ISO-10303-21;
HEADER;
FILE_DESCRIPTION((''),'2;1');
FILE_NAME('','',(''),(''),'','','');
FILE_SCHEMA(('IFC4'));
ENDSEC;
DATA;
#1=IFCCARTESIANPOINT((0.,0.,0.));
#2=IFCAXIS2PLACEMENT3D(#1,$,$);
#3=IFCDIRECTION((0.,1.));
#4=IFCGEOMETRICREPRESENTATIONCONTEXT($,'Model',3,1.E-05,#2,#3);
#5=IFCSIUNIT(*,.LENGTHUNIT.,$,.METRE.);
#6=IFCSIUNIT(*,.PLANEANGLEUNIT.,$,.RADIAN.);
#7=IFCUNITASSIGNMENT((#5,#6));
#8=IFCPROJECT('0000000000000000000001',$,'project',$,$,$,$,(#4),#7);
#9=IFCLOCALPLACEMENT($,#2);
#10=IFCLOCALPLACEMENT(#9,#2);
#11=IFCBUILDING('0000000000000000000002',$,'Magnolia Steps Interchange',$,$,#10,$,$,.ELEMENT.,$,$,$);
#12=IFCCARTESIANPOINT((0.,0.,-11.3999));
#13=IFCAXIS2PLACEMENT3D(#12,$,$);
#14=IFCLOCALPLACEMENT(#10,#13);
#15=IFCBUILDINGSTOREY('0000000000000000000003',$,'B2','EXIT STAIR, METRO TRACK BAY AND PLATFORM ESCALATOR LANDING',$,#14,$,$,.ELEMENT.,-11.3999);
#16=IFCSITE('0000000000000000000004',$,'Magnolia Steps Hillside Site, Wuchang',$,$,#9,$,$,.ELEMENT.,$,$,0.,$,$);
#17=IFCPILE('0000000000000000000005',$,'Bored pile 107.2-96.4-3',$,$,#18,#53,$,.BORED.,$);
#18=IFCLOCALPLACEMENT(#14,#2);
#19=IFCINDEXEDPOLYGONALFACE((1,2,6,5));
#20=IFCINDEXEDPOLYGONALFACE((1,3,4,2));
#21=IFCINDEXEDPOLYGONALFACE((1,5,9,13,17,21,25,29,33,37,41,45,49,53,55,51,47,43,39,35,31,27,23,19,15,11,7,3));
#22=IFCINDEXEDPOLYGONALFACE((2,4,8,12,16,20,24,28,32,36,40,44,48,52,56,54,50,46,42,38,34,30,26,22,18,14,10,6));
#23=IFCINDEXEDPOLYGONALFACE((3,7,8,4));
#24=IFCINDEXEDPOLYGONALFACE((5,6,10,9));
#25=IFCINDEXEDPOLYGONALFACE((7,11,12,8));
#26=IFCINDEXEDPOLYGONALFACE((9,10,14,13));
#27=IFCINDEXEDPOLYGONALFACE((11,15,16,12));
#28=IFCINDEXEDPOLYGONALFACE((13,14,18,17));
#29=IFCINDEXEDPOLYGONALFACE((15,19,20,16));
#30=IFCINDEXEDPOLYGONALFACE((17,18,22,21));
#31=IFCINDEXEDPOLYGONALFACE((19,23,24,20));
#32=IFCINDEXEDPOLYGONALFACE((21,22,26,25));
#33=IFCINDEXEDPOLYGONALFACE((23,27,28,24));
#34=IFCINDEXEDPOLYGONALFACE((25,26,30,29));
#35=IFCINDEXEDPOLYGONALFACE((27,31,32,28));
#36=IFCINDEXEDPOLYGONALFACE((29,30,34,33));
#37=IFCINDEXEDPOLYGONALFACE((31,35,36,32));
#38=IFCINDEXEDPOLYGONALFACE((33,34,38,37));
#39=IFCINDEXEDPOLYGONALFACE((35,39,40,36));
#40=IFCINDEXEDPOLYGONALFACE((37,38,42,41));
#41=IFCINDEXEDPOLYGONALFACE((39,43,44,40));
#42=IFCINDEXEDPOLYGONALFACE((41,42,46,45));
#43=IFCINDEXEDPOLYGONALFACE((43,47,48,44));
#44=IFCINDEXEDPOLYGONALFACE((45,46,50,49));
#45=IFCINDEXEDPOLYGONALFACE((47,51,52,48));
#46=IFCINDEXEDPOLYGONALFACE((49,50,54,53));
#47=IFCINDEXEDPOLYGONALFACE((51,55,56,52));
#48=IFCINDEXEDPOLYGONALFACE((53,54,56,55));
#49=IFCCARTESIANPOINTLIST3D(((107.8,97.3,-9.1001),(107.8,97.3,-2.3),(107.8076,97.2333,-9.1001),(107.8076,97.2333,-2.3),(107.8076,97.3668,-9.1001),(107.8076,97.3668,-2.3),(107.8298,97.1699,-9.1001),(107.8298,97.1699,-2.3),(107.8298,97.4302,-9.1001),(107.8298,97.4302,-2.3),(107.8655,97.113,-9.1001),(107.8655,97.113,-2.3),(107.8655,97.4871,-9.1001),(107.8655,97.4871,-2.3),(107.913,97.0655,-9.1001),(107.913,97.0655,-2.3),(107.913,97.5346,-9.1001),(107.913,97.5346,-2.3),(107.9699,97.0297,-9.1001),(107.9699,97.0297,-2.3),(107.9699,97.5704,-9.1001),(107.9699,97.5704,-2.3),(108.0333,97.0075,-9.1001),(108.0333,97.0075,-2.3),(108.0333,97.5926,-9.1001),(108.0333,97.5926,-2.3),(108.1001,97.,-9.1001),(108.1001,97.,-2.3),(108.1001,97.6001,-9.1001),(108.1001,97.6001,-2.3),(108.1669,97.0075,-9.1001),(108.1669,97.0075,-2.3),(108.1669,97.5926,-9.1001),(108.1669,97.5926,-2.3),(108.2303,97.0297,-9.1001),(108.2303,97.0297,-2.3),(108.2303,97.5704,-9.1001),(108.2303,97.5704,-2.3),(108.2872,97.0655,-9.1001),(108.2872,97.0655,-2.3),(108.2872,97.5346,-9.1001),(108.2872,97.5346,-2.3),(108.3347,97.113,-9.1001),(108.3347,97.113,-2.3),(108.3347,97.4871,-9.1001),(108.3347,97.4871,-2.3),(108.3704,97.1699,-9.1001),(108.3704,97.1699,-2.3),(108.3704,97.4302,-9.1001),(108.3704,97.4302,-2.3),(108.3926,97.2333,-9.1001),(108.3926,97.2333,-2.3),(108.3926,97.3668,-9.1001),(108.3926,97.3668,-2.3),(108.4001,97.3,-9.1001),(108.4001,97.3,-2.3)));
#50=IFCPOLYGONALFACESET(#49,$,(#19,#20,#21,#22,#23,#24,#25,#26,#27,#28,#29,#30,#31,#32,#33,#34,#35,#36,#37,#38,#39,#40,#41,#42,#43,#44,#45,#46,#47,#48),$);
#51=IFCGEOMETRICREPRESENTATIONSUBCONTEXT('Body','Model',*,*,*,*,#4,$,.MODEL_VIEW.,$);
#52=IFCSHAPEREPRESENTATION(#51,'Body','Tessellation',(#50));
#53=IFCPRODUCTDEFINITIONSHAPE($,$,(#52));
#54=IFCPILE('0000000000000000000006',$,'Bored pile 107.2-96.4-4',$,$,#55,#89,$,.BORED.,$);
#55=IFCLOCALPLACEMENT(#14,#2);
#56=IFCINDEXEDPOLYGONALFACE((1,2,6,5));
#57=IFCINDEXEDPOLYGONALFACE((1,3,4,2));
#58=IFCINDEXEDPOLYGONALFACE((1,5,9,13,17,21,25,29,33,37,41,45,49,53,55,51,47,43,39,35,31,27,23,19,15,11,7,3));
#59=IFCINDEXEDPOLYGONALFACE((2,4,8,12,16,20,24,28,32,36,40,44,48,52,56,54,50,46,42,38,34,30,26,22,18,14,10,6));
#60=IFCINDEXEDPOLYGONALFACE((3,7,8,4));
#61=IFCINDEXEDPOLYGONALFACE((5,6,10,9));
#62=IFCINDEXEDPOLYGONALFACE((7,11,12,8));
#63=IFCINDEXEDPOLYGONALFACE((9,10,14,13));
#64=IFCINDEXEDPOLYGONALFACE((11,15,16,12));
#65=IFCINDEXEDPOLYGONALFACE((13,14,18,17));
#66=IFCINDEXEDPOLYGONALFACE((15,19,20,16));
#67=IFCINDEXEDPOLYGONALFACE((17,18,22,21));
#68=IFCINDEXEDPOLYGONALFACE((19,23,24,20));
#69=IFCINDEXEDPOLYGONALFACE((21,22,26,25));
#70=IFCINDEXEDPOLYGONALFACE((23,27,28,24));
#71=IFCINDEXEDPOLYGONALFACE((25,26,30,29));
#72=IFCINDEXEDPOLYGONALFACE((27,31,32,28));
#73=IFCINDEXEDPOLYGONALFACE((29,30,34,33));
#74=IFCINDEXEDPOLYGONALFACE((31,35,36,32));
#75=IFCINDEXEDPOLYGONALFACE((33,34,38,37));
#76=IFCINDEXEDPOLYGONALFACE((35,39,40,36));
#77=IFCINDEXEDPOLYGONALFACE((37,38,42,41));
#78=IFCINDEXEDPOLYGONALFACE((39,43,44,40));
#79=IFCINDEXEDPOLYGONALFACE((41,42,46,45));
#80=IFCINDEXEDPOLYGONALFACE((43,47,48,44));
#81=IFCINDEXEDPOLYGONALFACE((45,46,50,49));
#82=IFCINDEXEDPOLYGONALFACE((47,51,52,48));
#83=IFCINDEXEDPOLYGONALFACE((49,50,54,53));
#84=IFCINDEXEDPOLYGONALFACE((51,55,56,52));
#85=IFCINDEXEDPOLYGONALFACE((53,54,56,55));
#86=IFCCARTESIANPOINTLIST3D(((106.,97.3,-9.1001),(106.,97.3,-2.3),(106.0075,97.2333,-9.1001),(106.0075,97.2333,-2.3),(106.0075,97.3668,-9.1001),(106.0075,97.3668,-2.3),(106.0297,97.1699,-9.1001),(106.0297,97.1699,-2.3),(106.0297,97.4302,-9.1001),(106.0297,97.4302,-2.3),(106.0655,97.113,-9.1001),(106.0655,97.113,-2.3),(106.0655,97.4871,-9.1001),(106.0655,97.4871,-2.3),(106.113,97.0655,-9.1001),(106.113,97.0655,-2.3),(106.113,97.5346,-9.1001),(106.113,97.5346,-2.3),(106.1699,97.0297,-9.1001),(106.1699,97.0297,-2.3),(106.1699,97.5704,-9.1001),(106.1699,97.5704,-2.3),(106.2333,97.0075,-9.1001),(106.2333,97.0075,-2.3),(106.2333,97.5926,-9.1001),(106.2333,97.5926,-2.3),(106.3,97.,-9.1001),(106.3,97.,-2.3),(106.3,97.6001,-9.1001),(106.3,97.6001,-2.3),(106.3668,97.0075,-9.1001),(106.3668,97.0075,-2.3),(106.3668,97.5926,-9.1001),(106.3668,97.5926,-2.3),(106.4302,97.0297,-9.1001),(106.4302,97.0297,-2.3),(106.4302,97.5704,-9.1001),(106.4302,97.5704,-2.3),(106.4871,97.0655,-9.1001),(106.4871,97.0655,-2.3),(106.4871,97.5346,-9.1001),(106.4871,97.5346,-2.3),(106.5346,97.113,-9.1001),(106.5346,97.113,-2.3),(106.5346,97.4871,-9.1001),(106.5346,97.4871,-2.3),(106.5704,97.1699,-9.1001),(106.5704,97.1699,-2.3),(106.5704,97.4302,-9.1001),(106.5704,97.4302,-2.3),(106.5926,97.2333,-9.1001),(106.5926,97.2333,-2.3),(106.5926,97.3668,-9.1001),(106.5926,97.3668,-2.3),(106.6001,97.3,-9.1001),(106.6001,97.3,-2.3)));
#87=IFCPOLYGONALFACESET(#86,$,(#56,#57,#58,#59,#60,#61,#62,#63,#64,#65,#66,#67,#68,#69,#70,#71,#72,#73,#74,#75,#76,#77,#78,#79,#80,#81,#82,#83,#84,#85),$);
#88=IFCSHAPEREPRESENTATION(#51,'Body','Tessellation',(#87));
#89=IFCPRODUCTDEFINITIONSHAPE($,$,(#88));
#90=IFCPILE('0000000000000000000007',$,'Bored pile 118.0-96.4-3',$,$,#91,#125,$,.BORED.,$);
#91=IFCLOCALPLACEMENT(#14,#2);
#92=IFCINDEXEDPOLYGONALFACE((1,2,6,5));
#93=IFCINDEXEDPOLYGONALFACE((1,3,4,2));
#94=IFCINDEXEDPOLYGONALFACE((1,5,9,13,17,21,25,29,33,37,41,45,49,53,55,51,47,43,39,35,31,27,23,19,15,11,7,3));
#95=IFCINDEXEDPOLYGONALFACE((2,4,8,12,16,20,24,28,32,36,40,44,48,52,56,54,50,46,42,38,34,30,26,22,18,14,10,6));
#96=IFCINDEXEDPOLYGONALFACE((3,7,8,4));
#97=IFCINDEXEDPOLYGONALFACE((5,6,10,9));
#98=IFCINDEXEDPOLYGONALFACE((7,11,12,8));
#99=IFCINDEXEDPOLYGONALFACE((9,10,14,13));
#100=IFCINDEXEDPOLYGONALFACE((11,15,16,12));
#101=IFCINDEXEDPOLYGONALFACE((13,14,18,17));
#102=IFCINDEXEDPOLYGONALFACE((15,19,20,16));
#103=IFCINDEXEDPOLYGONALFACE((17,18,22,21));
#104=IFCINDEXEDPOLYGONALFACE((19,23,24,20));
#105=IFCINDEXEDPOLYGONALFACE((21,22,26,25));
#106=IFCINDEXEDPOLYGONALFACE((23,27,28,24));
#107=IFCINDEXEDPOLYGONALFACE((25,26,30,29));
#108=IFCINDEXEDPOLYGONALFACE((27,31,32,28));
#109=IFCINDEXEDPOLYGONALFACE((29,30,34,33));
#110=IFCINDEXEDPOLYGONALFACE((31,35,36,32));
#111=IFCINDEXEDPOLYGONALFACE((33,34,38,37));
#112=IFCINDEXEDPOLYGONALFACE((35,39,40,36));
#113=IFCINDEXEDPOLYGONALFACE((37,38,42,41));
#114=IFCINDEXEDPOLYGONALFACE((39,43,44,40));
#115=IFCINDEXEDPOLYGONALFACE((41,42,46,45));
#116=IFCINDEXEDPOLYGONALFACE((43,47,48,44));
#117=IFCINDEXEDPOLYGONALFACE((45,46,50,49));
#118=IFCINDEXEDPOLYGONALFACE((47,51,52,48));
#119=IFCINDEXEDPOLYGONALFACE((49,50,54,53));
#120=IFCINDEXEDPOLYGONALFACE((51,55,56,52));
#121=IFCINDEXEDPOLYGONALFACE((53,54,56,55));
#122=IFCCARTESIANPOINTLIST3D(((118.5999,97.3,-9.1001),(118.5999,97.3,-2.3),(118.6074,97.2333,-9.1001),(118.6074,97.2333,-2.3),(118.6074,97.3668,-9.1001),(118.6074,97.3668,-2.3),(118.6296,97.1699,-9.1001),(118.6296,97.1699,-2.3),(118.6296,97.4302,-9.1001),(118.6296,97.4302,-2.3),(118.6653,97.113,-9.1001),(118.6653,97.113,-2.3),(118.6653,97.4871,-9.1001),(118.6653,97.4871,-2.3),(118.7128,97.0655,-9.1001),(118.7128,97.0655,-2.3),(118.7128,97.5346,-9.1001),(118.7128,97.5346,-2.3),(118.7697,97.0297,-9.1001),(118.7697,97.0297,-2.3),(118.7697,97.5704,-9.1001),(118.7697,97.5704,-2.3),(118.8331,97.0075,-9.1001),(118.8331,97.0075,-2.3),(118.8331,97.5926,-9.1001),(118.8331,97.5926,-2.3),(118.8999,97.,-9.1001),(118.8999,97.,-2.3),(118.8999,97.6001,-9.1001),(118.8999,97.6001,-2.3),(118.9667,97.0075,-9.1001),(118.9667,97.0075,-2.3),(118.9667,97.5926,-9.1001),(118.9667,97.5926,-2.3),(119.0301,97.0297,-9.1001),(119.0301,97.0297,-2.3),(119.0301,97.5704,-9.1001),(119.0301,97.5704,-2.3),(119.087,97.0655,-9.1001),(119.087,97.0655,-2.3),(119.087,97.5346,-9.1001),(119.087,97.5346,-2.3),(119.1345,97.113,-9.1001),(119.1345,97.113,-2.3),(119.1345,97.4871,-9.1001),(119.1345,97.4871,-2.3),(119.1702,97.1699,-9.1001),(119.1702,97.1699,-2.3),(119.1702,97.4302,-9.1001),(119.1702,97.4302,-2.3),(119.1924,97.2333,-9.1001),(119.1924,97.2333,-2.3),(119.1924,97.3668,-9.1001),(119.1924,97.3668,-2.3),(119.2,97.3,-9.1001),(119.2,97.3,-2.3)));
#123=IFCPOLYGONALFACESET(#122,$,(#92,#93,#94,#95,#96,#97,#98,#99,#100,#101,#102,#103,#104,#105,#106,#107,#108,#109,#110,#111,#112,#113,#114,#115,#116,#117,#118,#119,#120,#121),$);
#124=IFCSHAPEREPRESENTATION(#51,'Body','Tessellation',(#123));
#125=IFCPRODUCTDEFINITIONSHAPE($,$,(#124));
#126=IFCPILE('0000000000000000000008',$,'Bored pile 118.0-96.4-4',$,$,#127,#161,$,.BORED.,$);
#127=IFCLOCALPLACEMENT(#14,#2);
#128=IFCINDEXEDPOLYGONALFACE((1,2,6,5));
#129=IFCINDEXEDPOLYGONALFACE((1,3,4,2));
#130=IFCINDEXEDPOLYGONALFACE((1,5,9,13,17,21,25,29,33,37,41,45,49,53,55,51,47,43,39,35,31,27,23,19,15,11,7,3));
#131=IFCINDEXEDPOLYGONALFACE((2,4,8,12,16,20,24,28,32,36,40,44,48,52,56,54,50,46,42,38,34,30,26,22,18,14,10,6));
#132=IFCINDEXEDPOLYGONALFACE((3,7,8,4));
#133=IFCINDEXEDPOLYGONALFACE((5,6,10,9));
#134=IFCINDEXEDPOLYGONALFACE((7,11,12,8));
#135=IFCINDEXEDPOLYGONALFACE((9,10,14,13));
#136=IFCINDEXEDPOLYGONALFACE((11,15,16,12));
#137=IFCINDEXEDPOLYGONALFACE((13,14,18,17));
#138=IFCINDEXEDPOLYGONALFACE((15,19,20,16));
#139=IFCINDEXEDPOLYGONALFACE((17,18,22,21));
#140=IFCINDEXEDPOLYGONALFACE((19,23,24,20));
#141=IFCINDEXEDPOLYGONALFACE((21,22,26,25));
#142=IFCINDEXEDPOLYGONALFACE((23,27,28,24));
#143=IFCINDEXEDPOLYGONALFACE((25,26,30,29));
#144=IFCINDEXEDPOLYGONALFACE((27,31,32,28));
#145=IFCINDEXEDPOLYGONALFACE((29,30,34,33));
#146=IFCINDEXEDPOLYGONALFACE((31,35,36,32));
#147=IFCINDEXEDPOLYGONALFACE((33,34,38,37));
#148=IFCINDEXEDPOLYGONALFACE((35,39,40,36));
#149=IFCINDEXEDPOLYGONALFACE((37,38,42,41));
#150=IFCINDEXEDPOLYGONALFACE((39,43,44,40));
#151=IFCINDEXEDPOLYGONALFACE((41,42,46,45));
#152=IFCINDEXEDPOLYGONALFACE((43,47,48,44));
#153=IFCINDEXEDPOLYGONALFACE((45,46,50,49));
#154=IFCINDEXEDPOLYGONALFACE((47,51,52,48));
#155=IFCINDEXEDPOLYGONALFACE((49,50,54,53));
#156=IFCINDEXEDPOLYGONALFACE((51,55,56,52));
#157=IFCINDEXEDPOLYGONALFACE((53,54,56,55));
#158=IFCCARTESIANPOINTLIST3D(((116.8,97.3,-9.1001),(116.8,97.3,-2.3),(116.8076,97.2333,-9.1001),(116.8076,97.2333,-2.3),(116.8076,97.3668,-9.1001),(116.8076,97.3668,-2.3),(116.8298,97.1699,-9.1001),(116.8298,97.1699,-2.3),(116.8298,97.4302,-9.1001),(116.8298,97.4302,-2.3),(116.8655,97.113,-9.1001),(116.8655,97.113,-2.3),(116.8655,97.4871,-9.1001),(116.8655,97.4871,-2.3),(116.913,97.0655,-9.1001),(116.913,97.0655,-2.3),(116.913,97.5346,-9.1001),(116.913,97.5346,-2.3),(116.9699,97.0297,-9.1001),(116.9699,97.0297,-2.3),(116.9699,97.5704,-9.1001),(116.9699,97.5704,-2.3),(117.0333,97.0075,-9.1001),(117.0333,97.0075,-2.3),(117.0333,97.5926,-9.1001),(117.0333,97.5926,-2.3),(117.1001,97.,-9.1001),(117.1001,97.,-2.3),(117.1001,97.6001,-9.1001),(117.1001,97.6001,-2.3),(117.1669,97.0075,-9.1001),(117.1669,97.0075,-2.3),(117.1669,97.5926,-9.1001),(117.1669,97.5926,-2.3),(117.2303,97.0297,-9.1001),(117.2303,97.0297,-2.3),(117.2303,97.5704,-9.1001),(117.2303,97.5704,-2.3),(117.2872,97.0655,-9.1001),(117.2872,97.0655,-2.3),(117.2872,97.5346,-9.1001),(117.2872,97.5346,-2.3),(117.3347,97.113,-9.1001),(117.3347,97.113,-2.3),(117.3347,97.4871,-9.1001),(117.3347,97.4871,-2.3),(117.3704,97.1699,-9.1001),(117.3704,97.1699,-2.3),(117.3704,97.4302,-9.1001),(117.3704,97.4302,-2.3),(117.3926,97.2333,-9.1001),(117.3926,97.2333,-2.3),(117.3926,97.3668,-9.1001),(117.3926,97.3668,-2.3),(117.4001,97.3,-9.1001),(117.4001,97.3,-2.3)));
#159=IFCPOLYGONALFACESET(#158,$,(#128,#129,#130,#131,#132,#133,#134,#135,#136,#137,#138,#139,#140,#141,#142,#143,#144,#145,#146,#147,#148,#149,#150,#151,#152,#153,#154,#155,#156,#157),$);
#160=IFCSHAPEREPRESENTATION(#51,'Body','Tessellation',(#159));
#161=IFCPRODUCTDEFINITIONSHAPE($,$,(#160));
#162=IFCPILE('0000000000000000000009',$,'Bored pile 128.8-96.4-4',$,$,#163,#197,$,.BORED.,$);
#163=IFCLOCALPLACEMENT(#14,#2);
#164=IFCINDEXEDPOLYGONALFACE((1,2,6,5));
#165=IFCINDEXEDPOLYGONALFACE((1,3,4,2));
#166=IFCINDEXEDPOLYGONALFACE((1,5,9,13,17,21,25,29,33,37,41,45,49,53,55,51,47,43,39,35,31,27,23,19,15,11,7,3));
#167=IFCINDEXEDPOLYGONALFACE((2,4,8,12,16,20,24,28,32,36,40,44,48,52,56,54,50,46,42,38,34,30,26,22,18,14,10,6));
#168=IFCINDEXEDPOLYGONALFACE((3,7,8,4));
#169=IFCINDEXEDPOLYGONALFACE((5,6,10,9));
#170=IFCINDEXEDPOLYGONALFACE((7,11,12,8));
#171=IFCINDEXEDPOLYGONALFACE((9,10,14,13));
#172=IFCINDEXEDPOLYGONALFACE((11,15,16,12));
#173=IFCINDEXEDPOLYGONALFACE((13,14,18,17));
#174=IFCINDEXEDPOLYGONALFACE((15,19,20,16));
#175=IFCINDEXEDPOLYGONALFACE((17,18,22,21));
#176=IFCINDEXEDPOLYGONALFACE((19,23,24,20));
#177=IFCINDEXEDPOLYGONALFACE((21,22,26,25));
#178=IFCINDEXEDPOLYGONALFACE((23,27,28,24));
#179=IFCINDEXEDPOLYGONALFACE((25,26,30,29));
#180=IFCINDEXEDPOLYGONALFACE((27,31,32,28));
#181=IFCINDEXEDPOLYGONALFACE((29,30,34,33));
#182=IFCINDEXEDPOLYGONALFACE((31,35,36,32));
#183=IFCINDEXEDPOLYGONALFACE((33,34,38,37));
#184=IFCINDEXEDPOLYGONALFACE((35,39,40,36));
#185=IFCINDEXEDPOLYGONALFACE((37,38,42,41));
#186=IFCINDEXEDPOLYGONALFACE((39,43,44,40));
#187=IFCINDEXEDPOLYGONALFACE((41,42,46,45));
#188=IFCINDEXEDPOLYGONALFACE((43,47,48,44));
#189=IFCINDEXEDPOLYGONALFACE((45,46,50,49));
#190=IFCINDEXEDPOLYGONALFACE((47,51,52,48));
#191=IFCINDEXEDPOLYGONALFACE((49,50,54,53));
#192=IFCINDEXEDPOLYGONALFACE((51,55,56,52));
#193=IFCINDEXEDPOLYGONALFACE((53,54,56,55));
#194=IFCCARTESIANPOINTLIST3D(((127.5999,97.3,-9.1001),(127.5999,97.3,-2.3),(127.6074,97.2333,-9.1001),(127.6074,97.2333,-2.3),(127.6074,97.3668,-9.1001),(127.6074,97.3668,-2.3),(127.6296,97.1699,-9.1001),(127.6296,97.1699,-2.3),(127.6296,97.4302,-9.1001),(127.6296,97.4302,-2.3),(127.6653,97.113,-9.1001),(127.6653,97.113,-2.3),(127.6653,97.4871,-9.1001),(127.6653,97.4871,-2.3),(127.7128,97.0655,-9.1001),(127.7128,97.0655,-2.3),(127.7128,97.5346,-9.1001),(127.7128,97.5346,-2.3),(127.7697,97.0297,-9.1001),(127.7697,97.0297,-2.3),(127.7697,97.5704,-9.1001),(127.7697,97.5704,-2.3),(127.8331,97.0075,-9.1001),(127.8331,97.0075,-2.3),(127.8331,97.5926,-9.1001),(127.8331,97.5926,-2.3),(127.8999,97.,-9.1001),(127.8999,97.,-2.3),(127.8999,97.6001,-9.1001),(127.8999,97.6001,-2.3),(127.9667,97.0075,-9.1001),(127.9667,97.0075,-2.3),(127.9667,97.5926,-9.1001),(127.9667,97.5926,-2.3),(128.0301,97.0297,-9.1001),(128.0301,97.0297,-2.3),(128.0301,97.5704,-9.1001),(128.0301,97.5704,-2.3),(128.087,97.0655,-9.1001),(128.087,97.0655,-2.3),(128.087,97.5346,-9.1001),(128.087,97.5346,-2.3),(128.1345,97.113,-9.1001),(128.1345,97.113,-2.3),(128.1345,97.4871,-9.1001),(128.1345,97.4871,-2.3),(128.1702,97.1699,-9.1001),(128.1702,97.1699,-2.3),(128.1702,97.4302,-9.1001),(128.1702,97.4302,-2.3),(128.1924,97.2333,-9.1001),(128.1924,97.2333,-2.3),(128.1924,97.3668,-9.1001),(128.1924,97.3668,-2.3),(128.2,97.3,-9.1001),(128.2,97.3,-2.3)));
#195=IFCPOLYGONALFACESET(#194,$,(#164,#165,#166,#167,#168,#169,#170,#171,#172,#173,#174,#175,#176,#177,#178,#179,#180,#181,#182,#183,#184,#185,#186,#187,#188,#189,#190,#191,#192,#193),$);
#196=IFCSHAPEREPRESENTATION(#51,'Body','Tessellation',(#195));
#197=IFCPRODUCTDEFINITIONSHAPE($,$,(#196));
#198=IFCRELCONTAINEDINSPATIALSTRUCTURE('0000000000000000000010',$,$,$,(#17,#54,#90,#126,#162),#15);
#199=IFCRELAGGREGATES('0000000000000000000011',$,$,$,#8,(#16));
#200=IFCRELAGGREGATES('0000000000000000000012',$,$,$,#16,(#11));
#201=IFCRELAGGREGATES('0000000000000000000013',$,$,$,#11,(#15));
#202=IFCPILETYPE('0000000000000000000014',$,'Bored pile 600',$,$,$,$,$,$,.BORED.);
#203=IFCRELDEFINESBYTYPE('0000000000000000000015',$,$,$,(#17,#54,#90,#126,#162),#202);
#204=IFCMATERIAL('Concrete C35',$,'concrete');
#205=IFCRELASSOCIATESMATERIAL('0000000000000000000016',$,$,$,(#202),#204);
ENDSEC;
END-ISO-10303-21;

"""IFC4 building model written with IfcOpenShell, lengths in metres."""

from ifc_helpers import new_model, si_unit, direction, frame, origin, origin_2d, place, context, subcontext, project, spatial, circle, extrude, material, material_profile, profile_set, type_object, element, save


model = new_model("IFC4")

# Units and contexts
model_context = context("Model", 3, precision=1e-05, world=origin(), true_north=direction((0.0, 1.0)))
body_context = subcontext(model_context, "Body", "Model", "MODEL_VIEW")
ifc_project = project(units=[si_unit("LENGTHUNIT", "METRE"), si_unit("PLANEANGLEUNIT", "RADIAN")], contexts=[model_context])

# Site, building, storey
site_placement = place(None, origin())
site = spatial("IfcSite", under=ifc_project, at=site_placement, Name="Magnolia Steps Hillside Site, Wuchang", CompositionType="ELEMENT", RefElevation=0.0)
building_placement = place(site_placement, origin())
building = spatial("IfcBuilding", under=site, at=building_placement, Name="Magnolia Steps Interchange", CompositionType="ELEMENT")
storey_placement = place(building_placement, frame((0.0, 0.0, -11.3999)))
storey = spatial("IfcBuildingStorey", under=building, at=storey_placement, Name="B2", Description="EXIT STAIR, METRO TRACK BAY AND PLATFORM ESCALATOR LANDING", CompositionType="ELEMENT", Elevation=-11.3999)

# Piles
ifc_material_1 = material(Name="Concrete C35", Category="concrete")
ifc_material_profile_1 = material_profile(ifc_material_1, circle(Radius=0.3, at=origin_2d()), Name="Bored pile 600")
ifc_profile_set_1 = profile_set([ifc_material_profile_1], Name="Concrete C35")
pile_type_1 = type_object("IfcPileType", Name="Bored pile 600", PredefinedType="BORED", material=ifc_profile_set_1)
for number, where, z_axis, x_axis, name in (
    (1, (108.1001, 97.3, -2.3), (0.0, 0.0, -1.0), (1.0, 0.0, 0.0), "Bored pile 107.2-96.4-3"),
    (2, (106.3, 97.3, -2.3), (0.0, 0.0, -1.0), (1.0, 0.0, 0.0), "Bored pile 107.2-96.4-4"),
    (3, (118.8999, 97.3, -2.3), (0.0, 0.0, -1.0), (1.0, 0.0, 0.0), "Bored pile 118.0-96.4-3"),
    (4, (117.1001, 97.3, -2.3), (0.0, 0.0, -1.0), (1.0, 0.0, 0.0), "Bored pile 118.0-96.4-4"),
    (5, (127.8999, 97.3, -2.3), (0.0, 0.0, -1.0), (1.0, 0.0, 0.0), "Bored pile 128.8-96.4-4"),
):
    element("IfcPile", number, at=place(storey_placement, frame(where, z_axis=z_axis, x_axis=x_axis)), inside=storey, type_object=pile_type_1, Name=name, PredefinedType="BORED", context=body_context, shape_type="SweptSolid", body=[
        extrude(circle(Radius=0.3, at=origin_2d()), origin(), (0.0, 0.0, 1.0), 6.8),
    ])

save(model, "model.ifc")
